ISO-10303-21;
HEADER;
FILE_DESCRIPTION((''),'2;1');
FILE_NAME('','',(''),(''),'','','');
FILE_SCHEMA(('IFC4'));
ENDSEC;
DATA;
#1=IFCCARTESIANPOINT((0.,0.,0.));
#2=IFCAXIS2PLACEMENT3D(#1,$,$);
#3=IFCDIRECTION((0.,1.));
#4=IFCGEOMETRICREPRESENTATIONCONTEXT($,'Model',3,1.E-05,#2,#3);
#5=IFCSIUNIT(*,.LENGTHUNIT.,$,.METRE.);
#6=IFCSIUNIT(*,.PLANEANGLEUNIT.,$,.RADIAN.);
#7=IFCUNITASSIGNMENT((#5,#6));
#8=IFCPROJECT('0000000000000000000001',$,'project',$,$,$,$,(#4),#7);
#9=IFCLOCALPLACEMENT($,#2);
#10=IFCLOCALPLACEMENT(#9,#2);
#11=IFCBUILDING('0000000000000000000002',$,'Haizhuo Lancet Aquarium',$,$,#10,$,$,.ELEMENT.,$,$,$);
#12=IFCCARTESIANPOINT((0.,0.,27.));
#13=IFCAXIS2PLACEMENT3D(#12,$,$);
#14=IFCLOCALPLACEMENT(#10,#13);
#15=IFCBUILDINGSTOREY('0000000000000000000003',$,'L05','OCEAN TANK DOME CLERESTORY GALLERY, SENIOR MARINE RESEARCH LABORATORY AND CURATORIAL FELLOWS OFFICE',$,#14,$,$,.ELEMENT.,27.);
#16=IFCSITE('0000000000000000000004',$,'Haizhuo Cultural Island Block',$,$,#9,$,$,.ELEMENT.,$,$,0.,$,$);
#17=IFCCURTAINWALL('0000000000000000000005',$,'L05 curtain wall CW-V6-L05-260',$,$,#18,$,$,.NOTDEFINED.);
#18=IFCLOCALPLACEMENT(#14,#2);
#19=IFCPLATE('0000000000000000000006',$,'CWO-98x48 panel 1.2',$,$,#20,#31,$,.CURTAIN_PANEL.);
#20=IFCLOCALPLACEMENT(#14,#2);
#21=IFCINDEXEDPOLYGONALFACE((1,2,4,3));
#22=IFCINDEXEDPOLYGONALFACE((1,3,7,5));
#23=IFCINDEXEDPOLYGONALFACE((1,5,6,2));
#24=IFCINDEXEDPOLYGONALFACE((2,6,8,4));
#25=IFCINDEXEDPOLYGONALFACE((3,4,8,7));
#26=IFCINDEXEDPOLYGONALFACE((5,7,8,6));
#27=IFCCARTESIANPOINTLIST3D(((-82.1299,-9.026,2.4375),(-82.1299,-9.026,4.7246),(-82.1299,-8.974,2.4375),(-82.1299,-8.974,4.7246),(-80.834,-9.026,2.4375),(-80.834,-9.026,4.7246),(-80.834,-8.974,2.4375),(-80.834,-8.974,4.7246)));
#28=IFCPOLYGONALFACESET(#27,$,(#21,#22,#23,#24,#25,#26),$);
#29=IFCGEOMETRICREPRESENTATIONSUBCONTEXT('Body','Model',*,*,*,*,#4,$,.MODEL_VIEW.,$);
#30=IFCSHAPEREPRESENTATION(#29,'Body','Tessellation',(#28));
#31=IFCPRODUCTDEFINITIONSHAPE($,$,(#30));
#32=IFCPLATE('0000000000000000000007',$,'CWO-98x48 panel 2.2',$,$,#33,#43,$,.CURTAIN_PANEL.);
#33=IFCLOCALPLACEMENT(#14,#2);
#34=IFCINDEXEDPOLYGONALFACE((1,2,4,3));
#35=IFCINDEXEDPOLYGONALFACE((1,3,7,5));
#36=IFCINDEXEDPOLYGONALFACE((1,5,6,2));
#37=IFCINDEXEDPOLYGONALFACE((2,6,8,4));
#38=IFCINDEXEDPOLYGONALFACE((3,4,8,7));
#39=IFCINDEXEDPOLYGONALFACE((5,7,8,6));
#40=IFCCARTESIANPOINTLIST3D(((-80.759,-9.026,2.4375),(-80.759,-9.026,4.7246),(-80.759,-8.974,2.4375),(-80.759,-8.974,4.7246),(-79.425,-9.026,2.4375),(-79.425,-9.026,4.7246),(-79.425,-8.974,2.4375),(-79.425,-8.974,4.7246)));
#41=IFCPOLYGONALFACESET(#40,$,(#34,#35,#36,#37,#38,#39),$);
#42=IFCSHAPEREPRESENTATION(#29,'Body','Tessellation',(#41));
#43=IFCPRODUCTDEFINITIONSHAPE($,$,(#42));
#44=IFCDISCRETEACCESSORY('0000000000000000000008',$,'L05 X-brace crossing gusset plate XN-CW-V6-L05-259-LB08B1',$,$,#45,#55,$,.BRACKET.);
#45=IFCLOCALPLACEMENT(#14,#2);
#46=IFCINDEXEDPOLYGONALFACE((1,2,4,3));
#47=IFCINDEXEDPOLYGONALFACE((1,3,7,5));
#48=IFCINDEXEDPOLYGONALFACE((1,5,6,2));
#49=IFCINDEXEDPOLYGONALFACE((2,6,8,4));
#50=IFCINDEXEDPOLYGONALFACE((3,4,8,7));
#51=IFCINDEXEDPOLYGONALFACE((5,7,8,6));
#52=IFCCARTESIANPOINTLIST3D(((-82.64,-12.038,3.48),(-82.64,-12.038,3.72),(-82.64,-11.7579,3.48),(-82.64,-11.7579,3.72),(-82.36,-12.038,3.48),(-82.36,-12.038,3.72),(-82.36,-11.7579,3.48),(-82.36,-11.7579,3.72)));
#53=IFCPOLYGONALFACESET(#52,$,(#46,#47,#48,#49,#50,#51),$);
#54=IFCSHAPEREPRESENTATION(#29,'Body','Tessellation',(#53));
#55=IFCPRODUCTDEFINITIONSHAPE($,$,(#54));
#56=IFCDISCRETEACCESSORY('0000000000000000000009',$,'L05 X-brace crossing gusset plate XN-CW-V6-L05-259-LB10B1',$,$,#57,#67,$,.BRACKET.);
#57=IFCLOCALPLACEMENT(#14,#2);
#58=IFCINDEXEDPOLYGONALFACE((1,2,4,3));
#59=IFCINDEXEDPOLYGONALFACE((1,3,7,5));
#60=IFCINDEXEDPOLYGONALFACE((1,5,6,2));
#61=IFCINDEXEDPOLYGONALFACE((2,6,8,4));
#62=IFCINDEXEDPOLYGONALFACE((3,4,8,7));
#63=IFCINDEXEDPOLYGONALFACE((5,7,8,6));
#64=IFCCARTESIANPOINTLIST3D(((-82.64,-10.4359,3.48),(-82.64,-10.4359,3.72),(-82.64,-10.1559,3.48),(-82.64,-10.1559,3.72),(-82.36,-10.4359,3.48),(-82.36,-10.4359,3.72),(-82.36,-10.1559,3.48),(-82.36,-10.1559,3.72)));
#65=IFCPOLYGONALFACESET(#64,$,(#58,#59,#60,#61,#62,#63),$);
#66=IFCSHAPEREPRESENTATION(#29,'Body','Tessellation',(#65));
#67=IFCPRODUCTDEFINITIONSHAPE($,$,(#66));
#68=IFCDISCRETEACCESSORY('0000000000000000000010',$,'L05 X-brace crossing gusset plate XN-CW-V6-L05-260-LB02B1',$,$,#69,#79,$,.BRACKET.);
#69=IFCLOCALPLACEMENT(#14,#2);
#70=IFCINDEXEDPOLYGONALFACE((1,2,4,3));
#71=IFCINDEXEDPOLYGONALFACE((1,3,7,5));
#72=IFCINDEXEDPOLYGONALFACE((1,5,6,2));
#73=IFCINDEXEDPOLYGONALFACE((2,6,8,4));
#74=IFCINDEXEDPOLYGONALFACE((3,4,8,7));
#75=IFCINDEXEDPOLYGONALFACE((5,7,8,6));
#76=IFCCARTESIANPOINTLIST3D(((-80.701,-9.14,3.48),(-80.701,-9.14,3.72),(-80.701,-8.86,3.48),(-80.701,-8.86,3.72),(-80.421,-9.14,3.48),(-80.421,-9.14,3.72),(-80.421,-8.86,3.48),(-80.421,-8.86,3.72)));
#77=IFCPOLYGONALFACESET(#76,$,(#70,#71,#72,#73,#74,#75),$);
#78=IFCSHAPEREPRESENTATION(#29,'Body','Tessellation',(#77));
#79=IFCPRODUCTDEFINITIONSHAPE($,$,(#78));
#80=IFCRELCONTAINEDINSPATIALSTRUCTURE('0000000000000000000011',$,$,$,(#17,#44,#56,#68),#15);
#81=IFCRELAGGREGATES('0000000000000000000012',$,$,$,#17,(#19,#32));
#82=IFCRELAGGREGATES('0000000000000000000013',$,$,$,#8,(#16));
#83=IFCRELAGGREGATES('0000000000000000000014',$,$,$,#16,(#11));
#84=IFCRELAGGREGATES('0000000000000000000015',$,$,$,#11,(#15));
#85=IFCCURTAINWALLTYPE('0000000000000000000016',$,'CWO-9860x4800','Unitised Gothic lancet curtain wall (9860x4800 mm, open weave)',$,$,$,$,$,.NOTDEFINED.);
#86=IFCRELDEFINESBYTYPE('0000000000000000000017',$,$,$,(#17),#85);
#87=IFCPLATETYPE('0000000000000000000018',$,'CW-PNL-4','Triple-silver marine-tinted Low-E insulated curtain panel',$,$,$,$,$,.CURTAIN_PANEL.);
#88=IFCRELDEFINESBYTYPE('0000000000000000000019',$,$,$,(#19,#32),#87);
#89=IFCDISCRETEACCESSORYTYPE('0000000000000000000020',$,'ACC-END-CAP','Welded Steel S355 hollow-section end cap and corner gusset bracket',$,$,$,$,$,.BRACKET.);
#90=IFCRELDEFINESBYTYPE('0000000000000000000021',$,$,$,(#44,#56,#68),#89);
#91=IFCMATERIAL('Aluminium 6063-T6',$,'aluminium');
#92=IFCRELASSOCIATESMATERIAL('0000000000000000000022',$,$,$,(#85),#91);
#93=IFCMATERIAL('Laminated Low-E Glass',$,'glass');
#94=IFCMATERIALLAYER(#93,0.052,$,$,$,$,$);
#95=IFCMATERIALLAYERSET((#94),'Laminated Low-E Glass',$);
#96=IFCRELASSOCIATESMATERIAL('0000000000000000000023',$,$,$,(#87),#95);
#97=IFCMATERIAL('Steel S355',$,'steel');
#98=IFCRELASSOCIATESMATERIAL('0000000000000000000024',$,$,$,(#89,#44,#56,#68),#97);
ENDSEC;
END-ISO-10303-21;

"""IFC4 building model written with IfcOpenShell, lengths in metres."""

from ifc_helpers import new_model, si_unit, direction, frame, origin, origin_2d, place, context, subcontext, project, spatial, rectangle, extrude, material, layer, layer_set, type_object, element, aggregate, save


model = new_model("IFC4")

# Units and contexts
model_context = context("Model", 3, precision=1e-05, world=origin(), true_north=direction((0.0, 1.0)))
body_context = subcontext(model_context, "Body", "Model", "MODEL_VIEW")
ifc_project = project(units=[si_unit("LENGTHUNIT", "METRE"), si_unit("PLANEANGLEUNIT", "RADIAN")], contexts=[model_context])

# Site, building, storey
site_placement = place(None, origin())
site = spatial("IfcSite", under=ifc_project, at=site_placement, Name="Haizhuo Cultural Island Block", CompositionType="ELEMENT", RefElevation=0.0)
building_placement = place(site_placement, origin())
building = spatial("IfcBuilding", under=site, at=building_placement, Name="Haizhuo Lancet Aquarium", CompositionType="ELEMENT")
storey_placement = place(building_placement, frame((0.0, 0.0, 27.0)))
storey = spatial("IfcBuildingStorey", under=building, at=storey_placement, Name="L05", Description="OCEAN TANK DOME CLERESTORY GALLERY, SENIOR MARINE RESEARCH LABORATORY AND CURATORIAL FELLOWS OFFICE", CompositionType="ELEMENT", Elevation=27.0)

# Shared definitions
ifc_material_1 = material(Name="Steel S355", Category="steel")

# Curtain wall
ifc_material_2 = material(Name="Aluminium 6063-T6", Category="aluminium")
curtain_wall_type_1 = type_object("IfcCurtainWallType", Name="CWO-9860x4800", Description="Unitised Gothic lancet curtain wall (9860x4800 mm, open weave)", PredefinedType="NOTDEFINED", material=ifc_material_2)
curtain_wall_1_placement = place(storey_placement, origin())
curtain_wall_1 = element("IfcCurtainWall", 1, at=curtain_wall_1_placement, inside=storey, type_object=curtain_wall_type_1, Name="L05 curtain wall CW-V6-L05-260", PredefinedType="NOTDEFINED")

# Plates
ifc_material_3 = material(Name="Laminated Low-E Glass", Category="glass")
ifc_layer_1 = layer(ifc_material_3, 0.052)
ifc_layer_set_1 = layer_set([ifc_layer_1], Name="Laminated Low-E Glass")
plate_type_1 = type_object("IfcPlateType", Name="CW-PNL-4", Description="Triple-silver marine-tinted Low-E insulated curtain panel", PredefinedType="CURTAIN_PANEL", material=ifc_layer_set_1)
plate_1_placement = place(storey_placement, frame((-81.4819, -9.0, 2.4375), z_axis=(0.0, 0.0, 1.0), x_axis=(1.0, 0.0, 0.0)))
plate_1 = element("IfcPlate", 2, at=plate_1_placement, type_object=plate_type_1, Name="CWO-98x48 panel 1.2", PredefinedType="CURTAIN_PANEL", context=body_context, shape_type="SweptSolid", body=[
    extrude(rectangle(XDim=1.2959, YDim=0.052, at=origin_2d()), origin(), (0.0, 0.0, 1.0), 2.2871),
])
plate_2_placement = place(storey_placement, frame((-80.092, -9.0, 2.4375), z_axis=(0.0, 0.0, 1.0), x_axis=(1.0, 0.0, 0.0)))
plate_2 = element("IfcPlate", 3, at=plate_2_placement, type_object=plate_type_1, Name="CWO-98x48 panel 2.2", PredefinedType="CURTAIN_PANEL", context=body_context, shape_type="SweptSolid", body=[
    extrude(rectangle(XDim=1.334, YDim=0.052, at=origin_2d()), origin(), (0.0, 0.0, 1.0), 2.2871),
])
aggregate(curtain_wall_1, [plate_1, plate_2])

# Discrete accessories
discrete_accessory_type = type_object("IfcDiscreteAccessoryType", Name="ACC-END-CAP", Description="Welded Steel S355 hollow-section end cap and corner gusset bracket", PredefinedType="BRACKET", material=ifc_material_1)
for number, where, z_axis, x_axis, name in (
    (4, (-82.5, -11.8979, 3.48), (0.0, 0.0, 1.0), (1.0, 0.0, 0.0), "L05 X-brace crossing gusset plate XN-CW-V6-L05-259-LB08B1"),
    (5, (-82.5, -10.2959, 3.48), (0.0, 0.0, 1.0), (1.0, 0.0, 0.0), "L05 X-brace crossing gusset plate XN-CW-V6-L05-259-LB10B1"),
    (6, (-80.561, -9.0, 3.48), (0.0, 0.0, 1.0), (1.0, 0.0, 0.0), "L05 X-brace crossing gusset plate XN-CW-V6-L05-260-LB02B1"),
):
    element("IfcDiscreteAccessory", number, at=place(storey_placement, frame(where, z_axis=z_axis, x_axis=x_axis)), inside=storey, type_object=discrete_accessory_type, material=ifc_material_1, Name=name, PredefinedType="BRACKET", context=body_context, shape_type="SweptSolid", body=[
        extrude(rectangle(XDim=0.28, YDim=0.28, at=origin_2d()), origin(), (0.0, 0.0, 1.0), 0.24),
    ])

save(model, "model.ifc")
